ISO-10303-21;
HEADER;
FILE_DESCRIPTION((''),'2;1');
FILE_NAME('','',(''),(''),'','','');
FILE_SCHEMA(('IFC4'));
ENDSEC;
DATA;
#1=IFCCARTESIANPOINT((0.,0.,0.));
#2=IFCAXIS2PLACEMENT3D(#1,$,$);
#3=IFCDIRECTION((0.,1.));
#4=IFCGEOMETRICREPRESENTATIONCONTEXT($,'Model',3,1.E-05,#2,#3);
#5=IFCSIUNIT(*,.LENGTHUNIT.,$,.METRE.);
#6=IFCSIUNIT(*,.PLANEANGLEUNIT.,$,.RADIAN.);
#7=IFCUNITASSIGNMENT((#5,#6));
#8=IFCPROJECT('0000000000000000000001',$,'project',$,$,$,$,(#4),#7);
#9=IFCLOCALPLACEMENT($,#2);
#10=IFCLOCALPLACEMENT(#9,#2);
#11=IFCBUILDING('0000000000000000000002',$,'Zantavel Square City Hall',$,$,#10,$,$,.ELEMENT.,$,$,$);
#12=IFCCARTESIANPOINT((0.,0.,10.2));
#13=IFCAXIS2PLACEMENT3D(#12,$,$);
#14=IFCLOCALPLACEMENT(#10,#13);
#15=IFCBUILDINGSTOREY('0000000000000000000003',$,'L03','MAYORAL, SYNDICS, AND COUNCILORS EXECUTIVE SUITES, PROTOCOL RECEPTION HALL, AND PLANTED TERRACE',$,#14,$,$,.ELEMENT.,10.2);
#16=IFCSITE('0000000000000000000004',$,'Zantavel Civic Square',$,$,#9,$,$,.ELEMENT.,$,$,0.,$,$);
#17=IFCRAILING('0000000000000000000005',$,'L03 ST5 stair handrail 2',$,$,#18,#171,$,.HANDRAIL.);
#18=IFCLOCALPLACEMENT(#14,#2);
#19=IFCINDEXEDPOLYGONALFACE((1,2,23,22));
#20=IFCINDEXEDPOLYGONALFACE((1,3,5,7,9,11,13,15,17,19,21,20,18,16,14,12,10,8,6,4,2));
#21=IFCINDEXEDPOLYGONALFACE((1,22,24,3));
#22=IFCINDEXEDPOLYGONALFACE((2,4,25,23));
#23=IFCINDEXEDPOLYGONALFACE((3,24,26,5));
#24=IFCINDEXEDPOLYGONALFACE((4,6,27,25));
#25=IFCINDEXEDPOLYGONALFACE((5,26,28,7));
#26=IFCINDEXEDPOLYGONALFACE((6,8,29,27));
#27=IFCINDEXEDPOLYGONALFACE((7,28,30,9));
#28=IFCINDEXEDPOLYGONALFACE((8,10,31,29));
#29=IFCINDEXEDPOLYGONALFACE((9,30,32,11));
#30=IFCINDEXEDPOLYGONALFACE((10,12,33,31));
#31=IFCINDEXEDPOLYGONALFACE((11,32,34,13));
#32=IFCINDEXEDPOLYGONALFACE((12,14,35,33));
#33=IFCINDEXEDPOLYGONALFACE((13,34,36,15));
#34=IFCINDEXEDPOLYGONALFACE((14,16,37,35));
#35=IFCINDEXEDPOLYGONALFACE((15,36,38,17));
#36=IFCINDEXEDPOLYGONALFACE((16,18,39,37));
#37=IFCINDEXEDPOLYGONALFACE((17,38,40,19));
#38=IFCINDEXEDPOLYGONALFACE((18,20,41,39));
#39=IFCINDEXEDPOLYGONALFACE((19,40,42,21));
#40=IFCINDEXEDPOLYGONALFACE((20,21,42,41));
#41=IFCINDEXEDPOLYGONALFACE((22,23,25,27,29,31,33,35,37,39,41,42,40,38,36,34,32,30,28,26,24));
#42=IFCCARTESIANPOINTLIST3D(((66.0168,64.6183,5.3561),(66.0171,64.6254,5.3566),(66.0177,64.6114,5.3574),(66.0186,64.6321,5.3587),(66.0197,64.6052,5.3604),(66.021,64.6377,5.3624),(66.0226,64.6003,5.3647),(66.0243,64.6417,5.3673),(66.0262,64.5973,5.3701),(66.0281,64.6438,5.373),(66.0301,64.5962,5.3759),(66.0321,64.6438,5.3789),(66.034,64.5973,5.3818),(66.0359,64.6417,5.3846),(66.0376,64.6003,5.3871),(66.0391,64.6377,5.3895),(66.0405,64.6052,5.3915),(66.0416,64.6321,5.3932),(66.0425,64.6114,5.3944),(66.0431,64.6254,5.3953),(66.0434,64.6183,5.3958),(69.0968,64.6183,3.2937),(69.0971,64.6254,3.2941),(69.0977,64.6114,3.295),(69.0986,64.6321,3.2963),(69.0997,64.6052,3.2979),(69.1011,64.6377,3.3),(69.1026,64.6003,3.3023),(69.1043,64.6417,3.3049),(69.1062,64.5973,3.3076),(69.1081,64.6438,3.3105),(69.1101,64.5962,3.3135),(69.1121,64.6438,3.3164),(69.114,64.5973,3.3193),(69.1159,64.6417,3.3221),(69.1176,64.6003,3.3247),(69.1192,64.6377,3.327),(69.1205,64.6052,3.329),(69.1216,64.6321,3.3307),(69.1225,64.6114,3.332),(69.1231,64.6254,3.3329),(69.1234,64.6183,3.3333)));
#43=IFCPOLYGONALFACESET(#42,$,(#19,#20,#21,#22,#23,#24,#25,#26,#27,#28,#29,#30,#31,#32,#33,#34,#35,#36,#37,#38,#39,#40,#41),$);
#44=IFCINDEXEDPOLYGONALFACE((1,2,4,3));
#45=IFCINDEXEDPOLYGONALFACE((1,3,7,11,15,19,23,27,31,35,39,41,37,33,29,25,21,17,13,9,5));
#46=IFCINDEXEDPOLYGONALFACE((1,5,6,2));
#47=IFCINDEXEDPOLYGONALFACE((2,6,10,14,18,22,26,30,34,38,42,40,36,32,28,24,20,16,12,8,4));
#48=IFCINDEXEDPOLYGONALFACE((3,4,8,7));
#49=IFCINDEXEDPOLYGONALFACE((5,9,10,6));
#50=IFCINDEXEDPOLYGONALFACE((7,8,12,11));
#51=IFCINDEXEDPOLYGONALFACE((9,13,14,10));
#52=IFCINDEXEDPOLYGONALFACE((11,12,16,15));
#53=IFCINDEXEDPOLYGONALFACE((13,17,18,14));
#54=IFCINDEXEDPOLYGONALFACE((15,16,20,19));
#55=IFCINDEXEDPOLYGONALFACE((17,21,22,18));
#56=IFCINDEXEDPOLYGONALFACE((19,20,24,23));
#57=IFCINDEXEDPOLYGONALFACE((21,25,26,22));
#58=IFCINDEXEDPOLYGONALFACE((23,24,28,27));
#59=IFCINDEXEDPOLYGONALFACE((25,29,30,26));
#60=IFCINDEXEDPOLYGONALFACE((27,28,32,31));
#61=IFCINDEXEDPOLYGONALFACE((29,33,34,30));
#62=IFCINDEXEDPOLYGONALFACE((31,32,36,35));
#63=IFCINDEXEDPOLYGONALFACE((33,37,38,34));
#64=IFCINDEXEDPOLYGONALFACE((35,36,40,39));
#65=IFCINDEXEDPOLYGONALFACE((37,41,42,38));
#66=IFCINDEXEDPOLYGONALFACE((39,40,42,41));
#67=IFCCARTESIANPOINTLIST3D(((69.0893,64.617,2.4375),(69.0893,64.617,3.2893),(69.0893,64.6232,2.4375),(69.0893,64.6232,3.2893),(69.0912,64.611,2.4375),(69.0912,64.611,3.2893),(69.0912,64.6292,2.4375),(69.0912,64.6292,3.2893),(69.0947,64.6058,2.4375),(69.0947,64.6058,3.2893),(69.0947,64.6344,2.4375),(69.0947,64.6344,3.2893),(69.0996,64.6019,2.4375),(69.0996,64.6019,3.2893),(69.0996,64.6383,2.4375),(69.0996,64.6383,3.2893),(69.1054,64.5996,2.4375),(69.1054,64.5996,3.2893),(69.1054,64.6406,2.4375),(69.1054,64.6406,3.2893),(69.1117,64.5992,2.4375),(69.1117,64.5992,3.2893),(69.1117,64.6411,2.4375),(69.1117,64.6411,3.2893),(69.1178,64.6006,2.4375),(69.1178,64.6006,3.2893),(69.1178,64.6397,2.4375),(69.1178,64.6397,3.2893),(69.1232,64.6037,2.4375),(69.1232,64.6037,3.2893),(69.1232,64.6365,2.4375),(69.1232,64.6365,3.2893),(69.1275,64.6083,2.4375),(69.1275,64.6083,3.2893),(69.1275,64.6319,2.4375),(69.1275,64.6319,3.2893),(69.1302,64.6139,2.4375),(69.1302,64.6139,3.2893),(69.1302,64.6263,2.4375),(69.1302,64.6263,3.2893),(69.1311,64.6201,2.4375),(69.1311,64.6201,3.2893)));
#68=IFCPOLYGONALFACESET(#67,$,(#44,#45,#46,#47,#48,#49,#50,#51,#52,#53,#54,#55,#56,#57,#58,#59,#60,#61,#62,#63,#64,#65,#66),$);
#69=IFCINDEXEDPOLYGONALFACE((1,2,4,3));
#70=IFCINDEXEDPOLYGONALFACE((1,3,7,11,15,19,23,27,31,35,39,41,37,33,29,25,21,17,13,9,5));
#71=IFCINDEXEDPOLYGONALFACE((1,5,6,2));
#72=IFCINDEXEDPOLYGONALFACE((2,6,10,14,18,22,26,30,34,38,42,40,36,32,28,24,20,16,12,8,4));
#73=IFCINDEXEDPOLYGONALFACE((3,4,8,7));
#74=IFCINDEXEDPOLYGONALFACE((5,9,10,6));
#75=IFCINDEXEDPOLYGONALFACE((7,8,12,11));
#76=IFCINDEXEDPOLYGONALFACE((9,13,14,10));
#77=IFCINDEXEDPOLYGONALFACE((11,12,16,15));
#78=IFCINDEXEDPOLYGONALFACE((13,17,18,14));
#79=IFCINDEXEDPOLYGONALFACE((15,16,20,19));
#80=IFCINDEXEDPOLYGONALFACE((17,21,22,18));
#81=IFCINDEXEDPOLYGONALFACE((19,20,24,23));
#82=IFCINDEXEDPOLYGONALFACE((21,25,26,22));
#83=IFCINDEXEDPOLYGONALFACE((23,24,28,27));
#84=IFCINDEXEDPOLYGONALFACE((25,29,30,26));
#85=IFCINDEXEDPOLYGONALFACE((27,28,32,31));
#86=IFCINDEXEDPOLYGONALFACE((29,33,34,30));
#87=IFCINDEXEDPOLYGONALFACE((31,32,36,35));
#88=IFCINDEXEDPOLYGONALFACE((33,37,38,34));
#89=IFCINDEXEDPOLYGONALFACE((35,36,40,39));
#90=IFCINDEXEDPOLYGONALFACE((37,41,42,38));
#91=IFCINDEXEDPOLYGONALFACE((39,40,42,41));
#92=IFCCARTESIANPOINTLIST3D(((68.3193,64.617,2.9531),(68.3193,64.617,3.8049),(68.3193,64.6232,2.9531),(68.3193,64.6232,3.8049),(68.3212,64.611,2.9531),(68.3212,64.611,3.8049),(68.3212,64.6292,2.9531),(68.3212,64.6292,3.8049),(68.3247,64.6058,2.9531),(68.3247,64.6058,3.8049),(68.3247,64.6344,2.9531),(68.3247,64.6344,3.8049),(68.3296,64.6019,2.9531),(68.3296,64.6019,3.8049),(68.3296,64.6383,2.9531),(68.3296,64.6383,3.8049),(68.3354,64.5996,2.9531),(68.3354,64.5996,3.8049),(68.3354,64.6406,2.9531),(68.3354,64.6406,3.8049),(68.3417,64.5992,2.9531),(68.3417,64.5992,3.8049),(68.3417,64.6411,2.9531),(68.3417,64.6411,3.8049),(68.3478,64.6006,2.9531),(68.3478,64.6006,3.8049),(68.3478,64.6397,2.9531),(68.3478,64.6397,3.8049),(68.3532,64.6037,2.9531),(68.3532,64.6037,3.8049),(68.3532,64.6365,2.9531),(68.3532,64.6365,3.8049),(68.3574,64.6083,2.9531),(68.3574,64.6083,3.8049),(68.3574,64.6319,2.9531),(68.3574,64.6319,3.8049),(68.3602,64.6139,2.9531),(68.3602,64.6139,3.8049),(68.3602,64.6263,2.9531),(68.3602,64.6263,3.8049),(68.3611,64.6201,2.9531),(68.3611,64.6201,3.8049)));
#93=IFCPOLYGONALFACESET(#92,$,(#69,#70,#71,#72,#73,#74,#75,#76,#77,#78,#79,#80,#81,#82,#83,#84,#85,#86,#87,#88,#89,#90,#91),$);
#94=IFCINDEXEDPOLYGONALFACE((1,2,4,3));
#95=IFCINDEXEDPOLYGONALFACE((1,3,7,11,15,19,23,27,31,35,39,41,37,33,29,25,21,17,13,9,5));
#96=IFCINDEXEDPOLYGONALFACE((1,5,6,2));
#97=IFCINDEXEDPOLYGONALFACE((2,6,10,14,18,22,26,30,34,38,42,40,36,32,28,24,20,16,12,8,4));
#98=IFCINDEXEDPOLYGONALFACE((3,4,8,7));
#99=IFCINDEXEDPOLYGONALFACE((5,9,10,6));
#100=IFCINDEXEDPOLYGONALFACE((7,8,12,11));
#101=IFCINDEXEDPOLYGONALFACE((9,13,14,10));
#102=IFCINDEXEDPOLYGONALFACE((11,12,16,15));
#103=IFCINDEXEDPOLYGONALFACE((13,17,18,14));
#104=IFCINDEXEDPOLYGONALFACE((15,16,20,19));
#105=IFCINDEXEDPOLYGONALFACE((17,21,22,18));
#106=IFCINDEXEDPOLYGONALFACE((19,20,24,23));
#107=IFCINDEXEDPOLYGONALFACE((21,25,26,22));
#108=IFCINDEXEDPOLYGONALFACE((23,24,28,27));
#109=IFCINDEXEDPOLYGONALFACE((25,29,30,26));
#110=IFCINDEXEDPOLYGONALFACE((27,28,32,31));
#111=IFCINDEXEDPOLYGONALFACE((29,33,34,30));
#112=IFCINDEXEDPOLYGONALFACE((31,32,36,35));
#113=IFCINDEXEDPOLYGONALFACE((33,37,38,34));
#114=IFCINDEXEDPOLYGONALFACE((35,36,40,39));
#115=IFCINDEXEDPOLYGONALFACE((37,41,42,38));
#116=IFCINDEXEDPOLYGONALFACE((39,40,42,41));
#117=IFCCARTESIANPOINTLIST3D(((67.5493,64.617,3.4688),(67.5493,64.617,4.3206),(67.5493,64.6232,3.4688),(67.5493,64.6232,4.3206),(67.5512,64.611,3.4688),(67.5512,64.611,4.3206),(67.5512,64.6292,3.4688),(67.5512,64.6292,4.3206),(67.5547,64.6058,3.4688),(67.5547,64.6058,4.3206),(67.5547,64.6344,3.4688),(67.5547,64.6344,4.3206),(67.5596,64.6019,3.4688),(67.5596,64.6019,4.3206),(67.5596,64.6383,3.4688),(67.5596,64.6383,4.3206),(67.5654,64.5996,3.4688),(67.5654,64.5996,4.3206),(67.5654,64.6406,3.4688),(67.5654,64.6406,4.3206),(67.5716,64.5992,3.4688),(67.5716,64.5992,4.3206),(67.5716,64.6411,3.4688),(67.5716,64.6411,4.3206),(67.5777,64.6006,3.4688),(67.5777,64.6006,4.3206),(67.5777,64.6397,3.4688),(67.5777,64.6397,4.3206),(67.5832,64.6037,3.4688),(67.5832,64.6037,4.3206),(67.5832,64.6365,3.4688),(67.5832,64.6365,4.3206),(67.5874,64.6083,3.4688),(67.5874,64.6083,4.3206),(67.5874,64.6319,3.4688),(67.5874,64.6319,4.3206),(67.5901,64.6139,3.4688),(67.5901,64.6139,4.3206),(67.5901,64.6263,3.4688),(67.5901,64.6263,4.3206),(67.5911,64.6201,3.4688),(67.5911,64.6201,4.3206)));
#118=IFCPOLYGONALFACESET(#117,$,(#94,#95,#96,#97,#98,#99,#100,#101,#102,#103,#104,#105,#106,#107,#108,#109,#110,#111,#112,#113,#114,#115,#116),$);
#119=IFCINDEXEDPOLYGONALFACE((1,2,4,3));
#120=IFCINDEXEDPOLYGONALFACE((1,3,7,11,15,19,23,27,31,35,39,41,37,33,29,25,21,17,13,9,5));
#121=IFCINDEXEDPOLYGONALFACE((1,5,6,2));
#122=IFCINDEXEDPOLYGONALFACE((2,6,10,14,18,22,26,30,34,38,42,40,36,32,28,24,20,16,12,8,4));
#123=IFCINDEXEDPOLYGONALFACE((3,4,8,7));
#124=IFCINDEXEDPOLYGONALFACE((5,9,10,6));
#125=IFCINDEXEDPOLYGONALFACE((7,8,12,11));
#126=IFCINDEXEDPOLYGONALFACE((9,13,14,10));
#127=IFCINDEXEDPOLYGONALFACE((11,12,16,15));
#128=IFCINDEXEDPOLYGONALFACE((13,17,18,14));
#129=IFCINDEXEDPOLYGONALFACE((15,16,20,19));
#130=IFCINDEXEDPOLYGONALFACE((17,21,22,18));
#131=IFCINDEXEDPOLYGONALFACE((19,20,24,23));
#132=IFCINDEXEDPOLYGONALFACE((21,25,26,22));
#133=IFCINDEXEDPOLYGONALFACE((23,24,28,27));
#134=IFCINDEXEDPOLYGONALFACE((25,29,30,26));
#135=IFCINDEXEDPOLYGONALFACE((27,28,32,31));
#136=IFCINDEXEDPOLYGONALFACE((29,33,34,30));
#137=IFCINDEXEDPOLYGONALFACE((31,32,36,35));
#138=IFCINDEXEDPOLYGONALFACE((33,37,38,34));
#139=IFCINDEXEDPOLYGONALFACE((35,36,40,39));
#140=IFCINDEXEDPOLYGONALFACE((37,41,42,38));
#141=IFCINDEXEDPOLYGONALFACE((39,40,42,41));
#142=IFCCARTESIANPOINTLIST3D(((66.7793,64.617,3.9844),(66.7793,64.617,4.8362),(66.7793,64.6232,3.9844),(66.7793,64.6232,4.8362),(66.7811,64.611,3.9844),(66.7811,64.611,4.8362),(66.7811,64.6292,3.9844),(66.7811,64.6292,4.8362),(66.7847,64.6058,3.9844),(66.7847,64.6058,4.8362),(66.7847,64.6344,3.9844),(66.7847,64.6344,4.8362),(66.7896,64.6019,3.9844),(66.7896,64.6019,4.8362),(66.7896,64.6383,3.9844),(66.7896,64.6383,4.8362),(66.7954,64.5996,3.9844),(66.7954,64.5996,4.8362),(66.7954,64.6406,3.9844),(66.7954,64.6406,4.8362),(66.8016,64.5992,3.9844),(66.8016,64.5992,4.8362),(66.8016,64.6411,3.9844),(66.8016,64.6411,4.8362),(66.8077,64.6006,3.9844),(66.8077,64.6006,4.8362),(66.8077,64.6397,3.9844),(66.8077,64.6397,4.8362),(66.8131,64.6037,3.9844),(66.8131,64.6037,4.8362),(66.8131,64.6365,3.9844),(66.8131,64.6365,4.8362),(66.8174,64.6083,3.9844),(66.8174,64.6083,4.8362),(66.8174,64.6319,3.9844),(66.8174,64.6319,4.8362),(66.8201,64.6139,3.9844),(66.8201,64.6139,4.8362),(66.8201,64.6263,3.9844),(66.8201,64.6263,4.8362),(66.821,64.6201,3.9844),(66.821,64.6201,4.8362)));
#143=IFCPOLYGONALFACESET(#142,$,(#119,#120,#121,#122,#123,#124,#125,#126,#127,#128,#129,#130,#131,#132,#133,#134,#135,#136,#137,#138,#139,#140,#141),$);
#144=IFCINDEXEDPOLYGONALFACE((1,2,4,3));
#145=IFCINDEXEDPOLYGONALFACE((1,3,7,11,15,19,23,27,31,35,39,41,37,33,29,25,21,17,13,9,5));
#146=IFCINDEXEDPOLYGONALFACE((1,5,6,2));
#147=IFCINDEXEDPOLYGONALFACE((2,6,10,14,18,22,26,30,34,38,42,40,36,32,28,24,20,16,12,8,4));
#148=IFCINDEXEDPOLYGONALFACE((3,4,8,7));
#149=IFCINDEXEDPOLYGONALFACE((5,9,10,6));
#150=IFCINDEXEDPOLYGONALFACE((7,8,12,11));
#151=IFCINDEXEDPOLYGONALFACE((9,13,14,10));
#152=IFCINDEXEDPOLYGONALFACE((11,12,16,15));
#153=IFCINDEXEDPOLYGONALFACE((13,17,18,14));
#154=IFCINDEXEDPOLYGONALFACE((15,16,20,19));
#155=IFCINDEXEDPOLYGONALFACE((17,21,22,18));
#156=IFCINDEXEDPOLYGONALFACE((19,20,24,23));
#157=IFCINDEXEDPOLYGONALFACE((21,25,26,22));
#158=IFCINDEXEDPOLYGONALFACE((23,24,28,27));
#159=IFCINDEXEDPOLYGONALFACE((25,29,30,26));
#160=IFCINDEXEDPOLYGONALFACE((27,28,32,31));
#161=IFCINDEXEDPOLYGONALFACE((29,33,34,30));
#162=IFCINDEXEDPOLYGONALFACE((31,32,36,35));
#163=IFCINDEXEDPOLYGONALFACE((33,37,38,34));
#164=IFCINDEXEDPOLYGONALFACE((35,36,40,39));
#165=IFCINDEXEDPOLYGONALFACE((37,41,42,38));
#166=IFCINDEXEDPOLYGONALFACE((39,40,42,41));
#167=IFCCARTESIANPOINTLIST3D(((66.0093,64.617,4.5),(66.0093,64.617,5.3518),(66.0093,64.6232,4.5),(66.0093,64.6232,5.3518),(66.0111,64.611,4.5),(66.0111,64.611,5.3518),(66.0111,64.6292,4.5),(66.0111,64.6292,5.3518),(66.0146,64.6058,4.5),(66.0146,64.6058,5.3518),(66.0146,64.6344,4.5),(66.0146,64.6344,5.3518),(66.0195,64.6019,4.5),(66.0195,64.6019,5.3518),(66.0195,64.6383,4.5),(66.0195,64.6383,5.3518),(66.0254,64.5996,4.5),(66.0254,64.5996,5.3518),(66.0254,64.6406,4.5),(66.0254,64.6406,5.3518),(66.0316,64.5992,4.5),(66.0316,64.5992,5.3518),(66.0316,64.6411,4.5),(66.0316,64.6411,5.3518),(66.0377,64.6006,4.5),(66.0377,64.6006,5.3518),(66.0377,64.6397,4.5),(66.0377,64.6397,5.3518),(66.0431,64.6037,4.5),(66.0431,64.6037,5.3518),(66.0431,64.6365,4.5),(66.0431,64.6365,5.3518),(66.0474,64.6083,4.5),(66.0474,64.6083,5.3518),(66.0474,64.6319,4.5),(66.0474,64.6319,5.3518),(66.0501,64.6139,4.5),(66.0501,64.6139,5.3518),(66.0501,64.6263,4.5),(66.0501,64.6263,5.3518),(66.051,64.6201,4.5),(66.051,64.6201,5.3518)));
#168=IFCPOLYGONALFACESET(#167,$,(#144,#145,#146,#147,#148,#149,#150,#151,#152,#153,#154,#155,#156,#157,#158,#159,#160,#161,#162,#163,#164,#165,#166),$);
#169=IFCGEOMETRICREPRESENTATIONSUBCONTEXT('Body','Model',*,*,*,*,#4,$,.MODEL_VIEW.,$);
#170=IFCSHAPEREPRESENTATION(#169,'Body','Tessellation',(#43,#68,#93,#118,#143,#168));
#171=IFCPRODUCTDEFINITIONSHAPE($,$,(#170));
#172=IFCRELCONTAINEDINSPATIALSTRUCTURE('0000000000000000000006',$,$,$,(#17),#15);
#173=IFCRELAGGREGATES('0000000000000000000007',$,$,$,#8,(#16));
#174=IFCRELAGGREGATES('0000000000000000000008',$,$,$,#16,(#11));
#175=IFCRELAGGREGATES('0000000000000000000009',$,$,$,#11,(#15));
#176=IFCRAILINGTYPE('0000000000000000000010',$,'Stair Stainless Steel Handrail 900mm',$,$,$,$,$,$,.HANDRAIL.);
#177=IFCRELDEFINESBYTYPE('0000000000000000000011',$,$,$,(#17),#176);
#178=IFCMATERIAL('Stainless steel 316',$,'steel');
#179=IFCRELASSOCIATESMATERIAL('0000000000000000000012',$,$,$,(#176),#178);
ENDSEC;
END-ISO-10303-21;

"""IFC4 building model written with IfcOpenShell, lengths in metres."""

from ifc_helpers import new_model, si_unit, direction, frame, origin, origin_2d, place, context, subcontext, project, spatial, circle, extrude, material, type_object, element, save


model = new_model("IFC4")

# Units and contexts
model_context = context("Model", 3, precision=1e-05, world=origin(), true_north=direction((0.0, 1.0)))
body_context = subcontext(model_context, "Body", "Model", "MODEL_VIEW")
ifc_project = project(units=[si_unit("LENGTHUNIT", "METRE"), si_unit("PLANEANGLEUNIT", "RADIAN")], contexts=[model_context])

# Site, building, storey
site_placement = place(None, origin())
site = spatial("IfcSite", under=ifc_project, at=site_placement, Name="Zantavel Civic Square", CompositionType="ELEMENT", RefElevation=0.0)
building_placement = place(site_placement, origin())
building = spatial("IfcBuilding", under=site, at=building_placement, Name="Zantavel Square City Hall", CompositionType="ELEMENT")
storey_placement = place(building_placement, frame((0.0, 0.0, 10.2)))
storey = spatial("IfcBuildingStorey", under=building, at=storey_placement, Name="L03", Description="MAYORAL, SYNDICS, AND COUNCILORS EXECUTIVE SUITES, PROTOCOL RECEPTION HALL, AND PLANTED TERRACE", CompositionType="ELEMENT", Elevation=10.2)

# Shared definitions
ifc_material_1 = material(Name="Stainless steel 316", Category="steel")

# Railing
railing_type_1 = type_object("IfcRailingType", Name="Stair Stainless Steel Handrail 900mm", PredefinedType="HANDRAIL", material=ifc_material_1)
railing_1_placement = place(storey_placement, frame((69.1101, 64.6201, 2.4375)))
element("IfcRailing", 1, at=railing_1_placement, inside=storey, type_object=railing_type_1, Name="L03 ST5 stair handrail 2", PredefinedType="HANDRAIL", context=body_context, shape_type="SweptSolid", body=[
    extrude(circle(Radius=0.0239, at=origin_2d()), frame((0.0, 0.0, 0.876), z_axis=(-0.830914, 0.0, 0.556401), x_axis=(0.0, -1.0, 0.0)), (0.0, 0.0, 1.0), 3.7068),
    extrude(circle(Radius=0.021, at=origin_2d()), origin(), (0.0, 0.0, 1.0), 0.8518),
    extrude(circle(Radius=0.021, at=origin_2d()), frame((-0.77, 0.0, 0.5156)), (0.0, 0.0, 1.0), 0.8518),
    extrude(circle(Radius=0.021, at=origin_2d()), frame((-1.54, 0.0, 1.0312)), (0.0, 0.0, 1.0), 0.8518),
    extrude(circle(Radius=0.021, at=origin_2d()), frame((-2.3101, 0.0, 1.5469)), (0.0, 0.0, 1.0), 0.8518),
    extrude(circle(Radius=0.021, at=origin_2d()), frame((-3.0801, 0.0, 2.0625)), (0.0, 0.0, 1.0), 0.8518),
])

save(model, "model.ifc")
